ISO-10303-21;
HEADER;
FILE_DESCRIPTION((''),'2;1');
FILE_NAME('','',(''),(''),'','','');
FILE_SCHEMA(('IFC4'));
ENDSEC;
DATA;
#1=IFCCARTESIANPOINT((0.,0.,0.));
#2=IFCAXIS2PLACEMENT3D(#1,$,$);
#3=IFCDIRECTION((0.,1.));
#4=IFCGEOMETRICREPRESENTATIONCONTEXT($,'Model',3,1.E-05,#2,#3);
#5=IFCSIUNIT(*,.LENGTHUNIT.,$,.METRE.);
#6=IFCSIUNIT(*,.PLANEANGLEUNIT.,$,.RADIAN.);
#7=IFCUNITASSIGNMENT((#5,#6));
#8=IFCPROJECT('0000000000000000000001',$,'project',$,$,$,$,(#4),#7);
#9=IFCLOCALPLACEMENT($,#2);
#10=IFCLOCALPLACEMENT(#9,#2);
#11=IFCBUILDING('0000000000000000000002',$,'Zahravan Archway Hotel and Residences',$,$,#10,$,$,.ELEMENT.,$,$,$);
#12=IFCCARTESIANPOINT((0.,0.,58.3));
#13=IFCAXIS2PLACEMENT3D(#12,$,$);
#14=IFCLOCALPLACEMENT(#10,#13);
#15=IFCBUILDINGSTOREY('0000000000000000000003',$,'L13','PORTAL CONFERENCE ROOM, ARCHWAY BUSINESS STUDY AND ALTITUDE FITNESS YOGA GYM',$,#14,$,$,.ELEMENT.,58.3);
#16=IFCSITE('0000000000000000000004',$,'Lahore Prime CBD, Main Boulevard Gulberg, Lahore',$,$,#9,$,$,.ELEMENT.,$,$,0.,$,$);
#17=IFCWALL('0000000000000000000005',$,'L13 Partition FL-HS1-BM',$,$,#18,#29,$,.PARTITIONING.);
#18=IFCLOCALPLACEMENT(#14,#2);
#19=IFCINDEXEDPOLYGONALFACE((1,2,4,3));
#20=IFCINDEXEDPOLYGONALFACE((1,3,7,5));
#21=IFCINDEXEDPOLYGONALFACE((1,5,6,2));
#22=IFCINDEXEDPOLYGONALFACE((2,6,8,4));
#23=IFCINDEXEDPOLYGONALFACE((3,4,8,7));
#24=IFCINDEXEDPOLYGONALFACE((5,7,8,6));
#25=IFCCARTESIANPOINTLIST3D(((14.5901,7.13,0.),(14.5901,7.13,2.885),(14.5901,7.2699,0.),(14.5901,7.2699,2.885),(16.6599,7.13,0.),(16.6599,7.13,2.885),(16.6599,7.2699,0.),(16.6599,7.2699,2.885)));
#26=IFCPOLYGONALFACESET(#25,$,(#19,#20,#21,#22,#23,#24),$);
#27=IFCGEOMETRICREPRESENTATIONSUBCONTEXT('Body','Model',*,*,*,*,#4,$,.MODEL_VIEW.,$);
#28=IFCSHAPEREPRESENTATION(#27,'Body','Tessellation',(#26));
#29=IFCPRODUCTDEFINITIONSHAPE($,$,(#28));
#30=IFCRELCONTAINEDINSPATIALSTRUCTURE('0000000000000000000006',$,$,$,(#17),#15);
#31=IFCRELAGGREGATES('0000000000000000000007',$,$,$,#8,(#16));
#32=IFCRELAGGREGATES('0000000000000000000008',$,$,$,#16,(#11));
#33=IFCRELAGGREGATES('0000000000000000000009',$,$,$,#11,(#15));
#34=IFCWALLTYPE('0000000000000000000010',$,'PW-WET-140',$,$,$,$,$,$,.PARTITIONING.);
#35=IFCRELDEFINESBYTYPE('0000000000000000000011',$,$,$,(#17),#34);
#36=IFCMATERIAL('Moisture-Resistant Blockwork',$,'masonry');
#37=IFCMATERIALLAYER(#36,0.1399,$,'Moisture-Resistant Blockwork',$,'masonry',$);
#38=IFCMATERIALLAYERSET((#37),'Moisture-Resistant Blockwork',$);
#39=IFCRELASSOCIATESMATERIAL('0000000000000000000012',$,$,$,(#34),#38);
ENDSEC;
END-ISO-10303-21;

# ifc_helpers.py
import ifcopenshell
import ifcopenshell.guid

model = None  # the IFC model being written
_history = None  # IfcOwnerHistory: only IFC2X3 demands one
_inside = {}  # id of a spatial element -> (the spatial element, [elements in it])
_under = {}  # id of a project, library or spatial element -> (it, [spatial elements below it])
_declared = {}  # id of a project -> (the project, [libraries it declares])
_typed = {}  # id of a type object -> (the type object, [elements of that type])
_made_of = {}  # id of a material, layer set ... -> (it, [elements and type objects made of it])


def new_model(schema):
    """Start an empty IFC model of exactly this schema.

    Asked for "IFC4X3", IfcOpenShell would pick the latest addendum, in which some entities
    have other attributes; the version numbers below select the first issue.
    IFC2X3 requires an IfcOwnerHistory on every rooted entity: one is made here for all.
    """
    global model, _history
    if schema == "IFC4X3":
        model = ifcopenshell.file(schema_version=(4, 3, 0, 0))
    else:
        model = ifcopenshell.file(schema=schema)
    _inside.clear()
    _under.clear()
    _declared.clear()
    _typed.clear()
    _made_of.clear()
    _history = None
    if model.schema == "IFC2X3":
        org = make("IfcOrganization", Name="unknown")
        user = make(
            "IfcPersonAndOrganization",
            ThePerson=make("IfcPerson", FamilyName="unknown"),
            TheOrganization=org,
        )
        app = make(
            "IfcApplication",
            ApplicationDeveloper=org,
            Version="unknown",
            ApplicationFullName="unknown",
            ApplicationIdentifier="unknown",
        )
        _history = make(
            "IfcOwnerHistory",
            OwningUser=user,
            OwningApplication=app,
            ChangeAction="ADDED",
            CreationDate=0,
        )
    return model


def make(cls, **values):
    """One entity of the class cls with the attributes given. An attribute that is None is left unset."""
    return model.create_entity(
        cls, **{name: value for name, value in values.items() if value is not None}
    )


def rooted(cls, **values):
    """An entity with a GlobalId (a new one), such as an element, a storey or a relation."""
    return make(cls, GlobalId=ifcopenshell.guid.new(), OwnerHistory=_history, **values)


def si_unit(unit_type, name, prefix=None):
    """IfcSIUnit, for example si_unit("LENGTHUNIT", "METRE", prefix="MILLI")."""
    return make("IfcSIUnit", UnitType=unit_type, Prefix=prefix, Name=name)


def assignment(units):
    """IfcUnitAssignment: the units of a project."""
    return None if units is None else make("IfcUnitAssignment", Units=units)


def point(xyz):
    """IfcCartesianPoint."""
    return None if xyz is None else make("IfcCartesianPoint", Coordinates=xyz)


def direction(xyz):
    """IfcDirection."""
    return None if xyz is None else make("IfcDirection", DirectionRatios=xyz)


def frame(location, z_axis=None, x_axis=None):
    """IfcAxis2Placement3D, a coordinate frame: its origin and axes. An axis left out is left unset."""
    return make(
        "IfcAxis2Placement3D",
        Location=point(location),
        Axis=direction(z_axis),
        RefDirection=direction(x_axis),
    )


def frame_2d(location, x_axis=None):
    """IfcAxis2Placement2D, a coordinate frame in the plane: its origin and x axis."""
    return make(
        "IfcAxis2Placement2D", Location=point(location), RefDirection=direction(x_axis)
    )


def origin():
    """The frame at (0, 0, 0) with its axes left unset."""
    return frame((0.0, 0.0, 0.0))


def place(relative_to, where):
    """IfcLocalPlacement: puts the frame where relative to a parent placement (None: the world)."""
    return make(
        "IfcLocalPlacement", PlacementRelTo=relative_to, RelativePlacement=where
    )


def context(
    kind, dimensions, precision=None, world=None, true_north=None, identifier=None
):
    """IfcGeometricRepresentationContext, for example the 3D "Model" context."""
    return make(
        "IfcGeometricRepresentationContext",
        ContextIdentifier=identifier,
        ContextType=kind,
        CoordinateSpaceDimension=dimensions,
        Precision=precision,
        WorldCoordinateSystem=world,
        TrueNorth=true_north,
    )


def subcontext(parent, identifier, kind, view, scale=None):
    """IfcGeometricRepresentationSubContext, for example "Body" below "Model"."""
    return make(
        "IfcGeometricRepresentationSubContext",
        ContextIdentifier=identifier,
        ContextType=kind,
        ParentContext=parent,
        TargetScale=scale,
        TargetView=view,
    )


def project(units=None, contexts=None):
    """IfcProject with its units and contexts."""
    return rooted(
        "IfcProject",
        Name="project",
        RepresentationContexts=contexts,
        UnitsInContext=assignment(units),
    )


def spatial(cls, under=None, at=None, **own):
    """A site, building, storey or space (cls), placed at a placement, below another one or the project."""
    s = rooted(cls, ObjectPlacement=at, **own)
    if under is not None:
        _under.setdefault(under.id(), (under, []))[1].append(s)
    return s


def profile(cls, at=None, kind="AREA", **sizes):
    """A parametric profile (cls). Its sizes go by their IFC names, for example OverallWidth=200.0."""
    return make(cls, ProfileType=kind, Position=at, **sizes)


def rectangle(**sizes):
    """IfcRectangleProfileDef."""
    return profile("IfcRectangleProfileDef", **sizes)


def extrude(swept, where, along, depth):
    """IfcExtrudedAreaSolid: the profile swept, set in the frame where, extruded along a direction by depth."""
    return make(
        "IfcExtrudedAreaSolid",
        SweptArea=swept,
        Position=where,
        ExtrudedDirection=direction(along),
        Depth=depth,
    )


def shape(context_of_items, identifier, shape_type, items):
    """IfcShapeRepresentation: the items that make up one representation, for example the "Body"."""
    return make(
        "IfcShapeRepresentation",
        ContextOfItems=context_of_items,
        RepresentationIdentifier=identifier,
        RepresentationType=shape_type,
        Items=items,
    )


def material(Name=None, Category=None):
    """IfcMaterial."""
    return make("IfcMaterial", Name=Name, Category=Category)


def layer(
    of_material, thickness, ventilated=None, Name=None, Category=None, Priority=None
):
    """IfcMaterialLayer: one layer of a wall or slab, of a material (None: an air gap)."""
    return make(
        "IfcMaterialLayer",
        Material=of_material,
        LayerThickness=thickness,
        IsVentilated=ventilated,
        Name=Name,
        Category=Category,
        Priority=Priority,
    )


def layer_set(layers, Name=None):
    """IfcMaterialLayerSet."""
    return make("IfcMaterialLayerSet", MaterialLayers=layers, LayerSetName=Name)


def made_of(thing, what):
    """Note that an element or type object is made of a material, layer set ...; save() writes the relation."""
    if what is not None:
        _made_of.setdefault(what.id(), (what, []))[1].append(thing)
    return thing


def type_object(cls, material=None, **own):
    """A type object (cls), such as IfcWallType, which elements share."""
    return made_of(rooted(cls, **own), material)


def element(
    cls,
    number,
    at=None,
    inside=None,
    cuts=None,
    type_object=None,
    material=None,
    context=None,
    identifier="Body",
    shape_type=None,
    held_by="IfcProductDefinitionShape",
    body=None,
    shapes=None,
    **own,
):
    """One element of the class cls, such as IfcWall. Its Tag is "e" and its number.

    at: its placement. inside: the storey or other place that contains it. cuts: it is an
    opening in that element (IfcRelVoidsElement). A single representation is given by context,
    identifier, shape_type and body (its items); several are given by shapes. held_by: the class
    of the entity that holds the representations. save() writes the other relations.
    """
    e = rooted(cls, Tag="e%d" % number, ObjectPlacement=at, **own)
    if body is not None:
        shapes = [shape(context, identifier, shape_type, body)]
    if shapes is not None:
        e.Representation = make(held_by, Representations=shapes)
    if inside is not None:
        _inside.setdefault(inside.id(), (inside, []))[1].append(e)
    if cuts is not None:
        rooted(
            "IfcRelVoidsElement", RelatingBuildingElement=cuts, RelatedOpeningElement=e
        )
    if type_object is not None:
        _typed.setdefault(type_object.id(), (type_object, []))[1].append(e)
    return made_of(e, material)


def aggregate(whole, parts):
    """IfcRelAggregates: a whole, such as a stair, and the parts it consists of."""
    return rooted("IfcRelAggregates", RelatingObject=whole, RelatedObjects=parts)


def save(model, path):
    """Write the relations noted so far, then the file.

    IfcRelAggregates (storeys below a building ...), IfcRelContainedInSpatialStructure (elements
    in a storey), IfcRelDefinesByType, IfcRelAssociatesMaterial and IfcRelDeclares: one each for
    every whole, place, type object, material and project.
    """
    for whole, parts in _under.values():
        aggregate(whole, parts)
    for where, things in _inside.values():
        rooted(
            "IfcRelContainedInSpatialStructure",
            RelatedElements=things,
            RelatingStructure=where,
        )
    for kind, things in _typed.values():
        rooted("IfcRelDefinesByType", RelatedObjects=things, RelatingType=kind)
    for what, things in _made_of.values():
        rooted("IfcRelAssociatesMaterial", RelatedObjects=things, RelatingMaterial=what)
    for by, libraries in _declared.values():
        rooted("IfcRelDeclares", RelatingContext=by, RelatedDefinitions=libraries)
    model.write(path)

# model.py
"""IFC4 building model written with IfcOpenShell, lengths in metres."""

from ifc_helpers import new_model, si_unit, direction, frame, frame_2d, origin, place, context, subcontext, project, spatial, rectangle, extrude, material, layer, layer_set, type_object, element, save


model = new_model("IFC4")

# Units and contexts
model_context = context("Model", 3, precision=1e-05, world=origin(), true_north=direction((0.0, 1.0)))
body_context = subcontext(model_context, "Body", "Model", "MODEL_VIEW")
ifc_project = project(units=[si_unit("LENGTHUNIT", "METRE"), si_unit("PLANEANGLEUNIT", "RADIAN")], contexts=[model_context])

# Site, building, storey
site_placement = place(None, origin())
site = spatial("IfcSite", under=ifc_project, at=site_placement, Name="Lahore Prime CBD, Main Boulevard Gulberg, Lahore", CompositionType="ELEMENT", RefElevation=0.0)
building_placement = place(site_placement, origin())
building = spatial("IfcBuilding", under=site, at=building_placement, Name="Zahravan Archway Hotel and Residences", CompositionType="ELEMENT")
storey_placement = place(building_placement, frame((0.0, 0.0, 58.3)))
storey = spatial("IfcBuildingStorey", under=building, at=storey_placement, Name="L13", Description="PORTAL CONFERENCE ROOM, ARCHWAY BUSINESS STUDY AND ALTITUDE FITNESS YOGA GYM", CompositionType="ELEMENT", Elevation=58.3)

# Shared definitions
ifc_material_1 = material(Name="Moisture-Resistant Blockwork", Category="masonry")
ifc_layer_1 = layer(ifc_material_1, 0.1399, Name="Moisture-Resistant Blockwork", Category="masonry")
ifc_layer_set_1 = layer_set([ifc_layer_1], Name="Moisture-Resistant Blockwork")
wall_type_1 = type_object("IfcWallType", Name="PW-WET-140", PredefinedType="PARTITIONING", material=ifc_layer_set_1)

# Wall
wall_1_placement = place(storey_placement, frame((14.5901, 7.2, 0.0), z_axis=(0.0, 0.0, 1.0), x_axis=(1.0, 0.0, 0.0)))
element("IfcWall", 1, at=wall_1_placement, inside=storey, type_object=wall_type_1, Name="L13 Partition FL-HS1-BM", PredefinedType="PARTITIONING", context=body_context, shape_type="SweptSolid", body=[
    extrude(rectangle(XDim=2.0698, YDim=0.1399, at=frame_2d((1.0349, 0.0))), origin(), (0.0, 0.0, 1.0), 2.885),
])

save(model, "model.ifc")
